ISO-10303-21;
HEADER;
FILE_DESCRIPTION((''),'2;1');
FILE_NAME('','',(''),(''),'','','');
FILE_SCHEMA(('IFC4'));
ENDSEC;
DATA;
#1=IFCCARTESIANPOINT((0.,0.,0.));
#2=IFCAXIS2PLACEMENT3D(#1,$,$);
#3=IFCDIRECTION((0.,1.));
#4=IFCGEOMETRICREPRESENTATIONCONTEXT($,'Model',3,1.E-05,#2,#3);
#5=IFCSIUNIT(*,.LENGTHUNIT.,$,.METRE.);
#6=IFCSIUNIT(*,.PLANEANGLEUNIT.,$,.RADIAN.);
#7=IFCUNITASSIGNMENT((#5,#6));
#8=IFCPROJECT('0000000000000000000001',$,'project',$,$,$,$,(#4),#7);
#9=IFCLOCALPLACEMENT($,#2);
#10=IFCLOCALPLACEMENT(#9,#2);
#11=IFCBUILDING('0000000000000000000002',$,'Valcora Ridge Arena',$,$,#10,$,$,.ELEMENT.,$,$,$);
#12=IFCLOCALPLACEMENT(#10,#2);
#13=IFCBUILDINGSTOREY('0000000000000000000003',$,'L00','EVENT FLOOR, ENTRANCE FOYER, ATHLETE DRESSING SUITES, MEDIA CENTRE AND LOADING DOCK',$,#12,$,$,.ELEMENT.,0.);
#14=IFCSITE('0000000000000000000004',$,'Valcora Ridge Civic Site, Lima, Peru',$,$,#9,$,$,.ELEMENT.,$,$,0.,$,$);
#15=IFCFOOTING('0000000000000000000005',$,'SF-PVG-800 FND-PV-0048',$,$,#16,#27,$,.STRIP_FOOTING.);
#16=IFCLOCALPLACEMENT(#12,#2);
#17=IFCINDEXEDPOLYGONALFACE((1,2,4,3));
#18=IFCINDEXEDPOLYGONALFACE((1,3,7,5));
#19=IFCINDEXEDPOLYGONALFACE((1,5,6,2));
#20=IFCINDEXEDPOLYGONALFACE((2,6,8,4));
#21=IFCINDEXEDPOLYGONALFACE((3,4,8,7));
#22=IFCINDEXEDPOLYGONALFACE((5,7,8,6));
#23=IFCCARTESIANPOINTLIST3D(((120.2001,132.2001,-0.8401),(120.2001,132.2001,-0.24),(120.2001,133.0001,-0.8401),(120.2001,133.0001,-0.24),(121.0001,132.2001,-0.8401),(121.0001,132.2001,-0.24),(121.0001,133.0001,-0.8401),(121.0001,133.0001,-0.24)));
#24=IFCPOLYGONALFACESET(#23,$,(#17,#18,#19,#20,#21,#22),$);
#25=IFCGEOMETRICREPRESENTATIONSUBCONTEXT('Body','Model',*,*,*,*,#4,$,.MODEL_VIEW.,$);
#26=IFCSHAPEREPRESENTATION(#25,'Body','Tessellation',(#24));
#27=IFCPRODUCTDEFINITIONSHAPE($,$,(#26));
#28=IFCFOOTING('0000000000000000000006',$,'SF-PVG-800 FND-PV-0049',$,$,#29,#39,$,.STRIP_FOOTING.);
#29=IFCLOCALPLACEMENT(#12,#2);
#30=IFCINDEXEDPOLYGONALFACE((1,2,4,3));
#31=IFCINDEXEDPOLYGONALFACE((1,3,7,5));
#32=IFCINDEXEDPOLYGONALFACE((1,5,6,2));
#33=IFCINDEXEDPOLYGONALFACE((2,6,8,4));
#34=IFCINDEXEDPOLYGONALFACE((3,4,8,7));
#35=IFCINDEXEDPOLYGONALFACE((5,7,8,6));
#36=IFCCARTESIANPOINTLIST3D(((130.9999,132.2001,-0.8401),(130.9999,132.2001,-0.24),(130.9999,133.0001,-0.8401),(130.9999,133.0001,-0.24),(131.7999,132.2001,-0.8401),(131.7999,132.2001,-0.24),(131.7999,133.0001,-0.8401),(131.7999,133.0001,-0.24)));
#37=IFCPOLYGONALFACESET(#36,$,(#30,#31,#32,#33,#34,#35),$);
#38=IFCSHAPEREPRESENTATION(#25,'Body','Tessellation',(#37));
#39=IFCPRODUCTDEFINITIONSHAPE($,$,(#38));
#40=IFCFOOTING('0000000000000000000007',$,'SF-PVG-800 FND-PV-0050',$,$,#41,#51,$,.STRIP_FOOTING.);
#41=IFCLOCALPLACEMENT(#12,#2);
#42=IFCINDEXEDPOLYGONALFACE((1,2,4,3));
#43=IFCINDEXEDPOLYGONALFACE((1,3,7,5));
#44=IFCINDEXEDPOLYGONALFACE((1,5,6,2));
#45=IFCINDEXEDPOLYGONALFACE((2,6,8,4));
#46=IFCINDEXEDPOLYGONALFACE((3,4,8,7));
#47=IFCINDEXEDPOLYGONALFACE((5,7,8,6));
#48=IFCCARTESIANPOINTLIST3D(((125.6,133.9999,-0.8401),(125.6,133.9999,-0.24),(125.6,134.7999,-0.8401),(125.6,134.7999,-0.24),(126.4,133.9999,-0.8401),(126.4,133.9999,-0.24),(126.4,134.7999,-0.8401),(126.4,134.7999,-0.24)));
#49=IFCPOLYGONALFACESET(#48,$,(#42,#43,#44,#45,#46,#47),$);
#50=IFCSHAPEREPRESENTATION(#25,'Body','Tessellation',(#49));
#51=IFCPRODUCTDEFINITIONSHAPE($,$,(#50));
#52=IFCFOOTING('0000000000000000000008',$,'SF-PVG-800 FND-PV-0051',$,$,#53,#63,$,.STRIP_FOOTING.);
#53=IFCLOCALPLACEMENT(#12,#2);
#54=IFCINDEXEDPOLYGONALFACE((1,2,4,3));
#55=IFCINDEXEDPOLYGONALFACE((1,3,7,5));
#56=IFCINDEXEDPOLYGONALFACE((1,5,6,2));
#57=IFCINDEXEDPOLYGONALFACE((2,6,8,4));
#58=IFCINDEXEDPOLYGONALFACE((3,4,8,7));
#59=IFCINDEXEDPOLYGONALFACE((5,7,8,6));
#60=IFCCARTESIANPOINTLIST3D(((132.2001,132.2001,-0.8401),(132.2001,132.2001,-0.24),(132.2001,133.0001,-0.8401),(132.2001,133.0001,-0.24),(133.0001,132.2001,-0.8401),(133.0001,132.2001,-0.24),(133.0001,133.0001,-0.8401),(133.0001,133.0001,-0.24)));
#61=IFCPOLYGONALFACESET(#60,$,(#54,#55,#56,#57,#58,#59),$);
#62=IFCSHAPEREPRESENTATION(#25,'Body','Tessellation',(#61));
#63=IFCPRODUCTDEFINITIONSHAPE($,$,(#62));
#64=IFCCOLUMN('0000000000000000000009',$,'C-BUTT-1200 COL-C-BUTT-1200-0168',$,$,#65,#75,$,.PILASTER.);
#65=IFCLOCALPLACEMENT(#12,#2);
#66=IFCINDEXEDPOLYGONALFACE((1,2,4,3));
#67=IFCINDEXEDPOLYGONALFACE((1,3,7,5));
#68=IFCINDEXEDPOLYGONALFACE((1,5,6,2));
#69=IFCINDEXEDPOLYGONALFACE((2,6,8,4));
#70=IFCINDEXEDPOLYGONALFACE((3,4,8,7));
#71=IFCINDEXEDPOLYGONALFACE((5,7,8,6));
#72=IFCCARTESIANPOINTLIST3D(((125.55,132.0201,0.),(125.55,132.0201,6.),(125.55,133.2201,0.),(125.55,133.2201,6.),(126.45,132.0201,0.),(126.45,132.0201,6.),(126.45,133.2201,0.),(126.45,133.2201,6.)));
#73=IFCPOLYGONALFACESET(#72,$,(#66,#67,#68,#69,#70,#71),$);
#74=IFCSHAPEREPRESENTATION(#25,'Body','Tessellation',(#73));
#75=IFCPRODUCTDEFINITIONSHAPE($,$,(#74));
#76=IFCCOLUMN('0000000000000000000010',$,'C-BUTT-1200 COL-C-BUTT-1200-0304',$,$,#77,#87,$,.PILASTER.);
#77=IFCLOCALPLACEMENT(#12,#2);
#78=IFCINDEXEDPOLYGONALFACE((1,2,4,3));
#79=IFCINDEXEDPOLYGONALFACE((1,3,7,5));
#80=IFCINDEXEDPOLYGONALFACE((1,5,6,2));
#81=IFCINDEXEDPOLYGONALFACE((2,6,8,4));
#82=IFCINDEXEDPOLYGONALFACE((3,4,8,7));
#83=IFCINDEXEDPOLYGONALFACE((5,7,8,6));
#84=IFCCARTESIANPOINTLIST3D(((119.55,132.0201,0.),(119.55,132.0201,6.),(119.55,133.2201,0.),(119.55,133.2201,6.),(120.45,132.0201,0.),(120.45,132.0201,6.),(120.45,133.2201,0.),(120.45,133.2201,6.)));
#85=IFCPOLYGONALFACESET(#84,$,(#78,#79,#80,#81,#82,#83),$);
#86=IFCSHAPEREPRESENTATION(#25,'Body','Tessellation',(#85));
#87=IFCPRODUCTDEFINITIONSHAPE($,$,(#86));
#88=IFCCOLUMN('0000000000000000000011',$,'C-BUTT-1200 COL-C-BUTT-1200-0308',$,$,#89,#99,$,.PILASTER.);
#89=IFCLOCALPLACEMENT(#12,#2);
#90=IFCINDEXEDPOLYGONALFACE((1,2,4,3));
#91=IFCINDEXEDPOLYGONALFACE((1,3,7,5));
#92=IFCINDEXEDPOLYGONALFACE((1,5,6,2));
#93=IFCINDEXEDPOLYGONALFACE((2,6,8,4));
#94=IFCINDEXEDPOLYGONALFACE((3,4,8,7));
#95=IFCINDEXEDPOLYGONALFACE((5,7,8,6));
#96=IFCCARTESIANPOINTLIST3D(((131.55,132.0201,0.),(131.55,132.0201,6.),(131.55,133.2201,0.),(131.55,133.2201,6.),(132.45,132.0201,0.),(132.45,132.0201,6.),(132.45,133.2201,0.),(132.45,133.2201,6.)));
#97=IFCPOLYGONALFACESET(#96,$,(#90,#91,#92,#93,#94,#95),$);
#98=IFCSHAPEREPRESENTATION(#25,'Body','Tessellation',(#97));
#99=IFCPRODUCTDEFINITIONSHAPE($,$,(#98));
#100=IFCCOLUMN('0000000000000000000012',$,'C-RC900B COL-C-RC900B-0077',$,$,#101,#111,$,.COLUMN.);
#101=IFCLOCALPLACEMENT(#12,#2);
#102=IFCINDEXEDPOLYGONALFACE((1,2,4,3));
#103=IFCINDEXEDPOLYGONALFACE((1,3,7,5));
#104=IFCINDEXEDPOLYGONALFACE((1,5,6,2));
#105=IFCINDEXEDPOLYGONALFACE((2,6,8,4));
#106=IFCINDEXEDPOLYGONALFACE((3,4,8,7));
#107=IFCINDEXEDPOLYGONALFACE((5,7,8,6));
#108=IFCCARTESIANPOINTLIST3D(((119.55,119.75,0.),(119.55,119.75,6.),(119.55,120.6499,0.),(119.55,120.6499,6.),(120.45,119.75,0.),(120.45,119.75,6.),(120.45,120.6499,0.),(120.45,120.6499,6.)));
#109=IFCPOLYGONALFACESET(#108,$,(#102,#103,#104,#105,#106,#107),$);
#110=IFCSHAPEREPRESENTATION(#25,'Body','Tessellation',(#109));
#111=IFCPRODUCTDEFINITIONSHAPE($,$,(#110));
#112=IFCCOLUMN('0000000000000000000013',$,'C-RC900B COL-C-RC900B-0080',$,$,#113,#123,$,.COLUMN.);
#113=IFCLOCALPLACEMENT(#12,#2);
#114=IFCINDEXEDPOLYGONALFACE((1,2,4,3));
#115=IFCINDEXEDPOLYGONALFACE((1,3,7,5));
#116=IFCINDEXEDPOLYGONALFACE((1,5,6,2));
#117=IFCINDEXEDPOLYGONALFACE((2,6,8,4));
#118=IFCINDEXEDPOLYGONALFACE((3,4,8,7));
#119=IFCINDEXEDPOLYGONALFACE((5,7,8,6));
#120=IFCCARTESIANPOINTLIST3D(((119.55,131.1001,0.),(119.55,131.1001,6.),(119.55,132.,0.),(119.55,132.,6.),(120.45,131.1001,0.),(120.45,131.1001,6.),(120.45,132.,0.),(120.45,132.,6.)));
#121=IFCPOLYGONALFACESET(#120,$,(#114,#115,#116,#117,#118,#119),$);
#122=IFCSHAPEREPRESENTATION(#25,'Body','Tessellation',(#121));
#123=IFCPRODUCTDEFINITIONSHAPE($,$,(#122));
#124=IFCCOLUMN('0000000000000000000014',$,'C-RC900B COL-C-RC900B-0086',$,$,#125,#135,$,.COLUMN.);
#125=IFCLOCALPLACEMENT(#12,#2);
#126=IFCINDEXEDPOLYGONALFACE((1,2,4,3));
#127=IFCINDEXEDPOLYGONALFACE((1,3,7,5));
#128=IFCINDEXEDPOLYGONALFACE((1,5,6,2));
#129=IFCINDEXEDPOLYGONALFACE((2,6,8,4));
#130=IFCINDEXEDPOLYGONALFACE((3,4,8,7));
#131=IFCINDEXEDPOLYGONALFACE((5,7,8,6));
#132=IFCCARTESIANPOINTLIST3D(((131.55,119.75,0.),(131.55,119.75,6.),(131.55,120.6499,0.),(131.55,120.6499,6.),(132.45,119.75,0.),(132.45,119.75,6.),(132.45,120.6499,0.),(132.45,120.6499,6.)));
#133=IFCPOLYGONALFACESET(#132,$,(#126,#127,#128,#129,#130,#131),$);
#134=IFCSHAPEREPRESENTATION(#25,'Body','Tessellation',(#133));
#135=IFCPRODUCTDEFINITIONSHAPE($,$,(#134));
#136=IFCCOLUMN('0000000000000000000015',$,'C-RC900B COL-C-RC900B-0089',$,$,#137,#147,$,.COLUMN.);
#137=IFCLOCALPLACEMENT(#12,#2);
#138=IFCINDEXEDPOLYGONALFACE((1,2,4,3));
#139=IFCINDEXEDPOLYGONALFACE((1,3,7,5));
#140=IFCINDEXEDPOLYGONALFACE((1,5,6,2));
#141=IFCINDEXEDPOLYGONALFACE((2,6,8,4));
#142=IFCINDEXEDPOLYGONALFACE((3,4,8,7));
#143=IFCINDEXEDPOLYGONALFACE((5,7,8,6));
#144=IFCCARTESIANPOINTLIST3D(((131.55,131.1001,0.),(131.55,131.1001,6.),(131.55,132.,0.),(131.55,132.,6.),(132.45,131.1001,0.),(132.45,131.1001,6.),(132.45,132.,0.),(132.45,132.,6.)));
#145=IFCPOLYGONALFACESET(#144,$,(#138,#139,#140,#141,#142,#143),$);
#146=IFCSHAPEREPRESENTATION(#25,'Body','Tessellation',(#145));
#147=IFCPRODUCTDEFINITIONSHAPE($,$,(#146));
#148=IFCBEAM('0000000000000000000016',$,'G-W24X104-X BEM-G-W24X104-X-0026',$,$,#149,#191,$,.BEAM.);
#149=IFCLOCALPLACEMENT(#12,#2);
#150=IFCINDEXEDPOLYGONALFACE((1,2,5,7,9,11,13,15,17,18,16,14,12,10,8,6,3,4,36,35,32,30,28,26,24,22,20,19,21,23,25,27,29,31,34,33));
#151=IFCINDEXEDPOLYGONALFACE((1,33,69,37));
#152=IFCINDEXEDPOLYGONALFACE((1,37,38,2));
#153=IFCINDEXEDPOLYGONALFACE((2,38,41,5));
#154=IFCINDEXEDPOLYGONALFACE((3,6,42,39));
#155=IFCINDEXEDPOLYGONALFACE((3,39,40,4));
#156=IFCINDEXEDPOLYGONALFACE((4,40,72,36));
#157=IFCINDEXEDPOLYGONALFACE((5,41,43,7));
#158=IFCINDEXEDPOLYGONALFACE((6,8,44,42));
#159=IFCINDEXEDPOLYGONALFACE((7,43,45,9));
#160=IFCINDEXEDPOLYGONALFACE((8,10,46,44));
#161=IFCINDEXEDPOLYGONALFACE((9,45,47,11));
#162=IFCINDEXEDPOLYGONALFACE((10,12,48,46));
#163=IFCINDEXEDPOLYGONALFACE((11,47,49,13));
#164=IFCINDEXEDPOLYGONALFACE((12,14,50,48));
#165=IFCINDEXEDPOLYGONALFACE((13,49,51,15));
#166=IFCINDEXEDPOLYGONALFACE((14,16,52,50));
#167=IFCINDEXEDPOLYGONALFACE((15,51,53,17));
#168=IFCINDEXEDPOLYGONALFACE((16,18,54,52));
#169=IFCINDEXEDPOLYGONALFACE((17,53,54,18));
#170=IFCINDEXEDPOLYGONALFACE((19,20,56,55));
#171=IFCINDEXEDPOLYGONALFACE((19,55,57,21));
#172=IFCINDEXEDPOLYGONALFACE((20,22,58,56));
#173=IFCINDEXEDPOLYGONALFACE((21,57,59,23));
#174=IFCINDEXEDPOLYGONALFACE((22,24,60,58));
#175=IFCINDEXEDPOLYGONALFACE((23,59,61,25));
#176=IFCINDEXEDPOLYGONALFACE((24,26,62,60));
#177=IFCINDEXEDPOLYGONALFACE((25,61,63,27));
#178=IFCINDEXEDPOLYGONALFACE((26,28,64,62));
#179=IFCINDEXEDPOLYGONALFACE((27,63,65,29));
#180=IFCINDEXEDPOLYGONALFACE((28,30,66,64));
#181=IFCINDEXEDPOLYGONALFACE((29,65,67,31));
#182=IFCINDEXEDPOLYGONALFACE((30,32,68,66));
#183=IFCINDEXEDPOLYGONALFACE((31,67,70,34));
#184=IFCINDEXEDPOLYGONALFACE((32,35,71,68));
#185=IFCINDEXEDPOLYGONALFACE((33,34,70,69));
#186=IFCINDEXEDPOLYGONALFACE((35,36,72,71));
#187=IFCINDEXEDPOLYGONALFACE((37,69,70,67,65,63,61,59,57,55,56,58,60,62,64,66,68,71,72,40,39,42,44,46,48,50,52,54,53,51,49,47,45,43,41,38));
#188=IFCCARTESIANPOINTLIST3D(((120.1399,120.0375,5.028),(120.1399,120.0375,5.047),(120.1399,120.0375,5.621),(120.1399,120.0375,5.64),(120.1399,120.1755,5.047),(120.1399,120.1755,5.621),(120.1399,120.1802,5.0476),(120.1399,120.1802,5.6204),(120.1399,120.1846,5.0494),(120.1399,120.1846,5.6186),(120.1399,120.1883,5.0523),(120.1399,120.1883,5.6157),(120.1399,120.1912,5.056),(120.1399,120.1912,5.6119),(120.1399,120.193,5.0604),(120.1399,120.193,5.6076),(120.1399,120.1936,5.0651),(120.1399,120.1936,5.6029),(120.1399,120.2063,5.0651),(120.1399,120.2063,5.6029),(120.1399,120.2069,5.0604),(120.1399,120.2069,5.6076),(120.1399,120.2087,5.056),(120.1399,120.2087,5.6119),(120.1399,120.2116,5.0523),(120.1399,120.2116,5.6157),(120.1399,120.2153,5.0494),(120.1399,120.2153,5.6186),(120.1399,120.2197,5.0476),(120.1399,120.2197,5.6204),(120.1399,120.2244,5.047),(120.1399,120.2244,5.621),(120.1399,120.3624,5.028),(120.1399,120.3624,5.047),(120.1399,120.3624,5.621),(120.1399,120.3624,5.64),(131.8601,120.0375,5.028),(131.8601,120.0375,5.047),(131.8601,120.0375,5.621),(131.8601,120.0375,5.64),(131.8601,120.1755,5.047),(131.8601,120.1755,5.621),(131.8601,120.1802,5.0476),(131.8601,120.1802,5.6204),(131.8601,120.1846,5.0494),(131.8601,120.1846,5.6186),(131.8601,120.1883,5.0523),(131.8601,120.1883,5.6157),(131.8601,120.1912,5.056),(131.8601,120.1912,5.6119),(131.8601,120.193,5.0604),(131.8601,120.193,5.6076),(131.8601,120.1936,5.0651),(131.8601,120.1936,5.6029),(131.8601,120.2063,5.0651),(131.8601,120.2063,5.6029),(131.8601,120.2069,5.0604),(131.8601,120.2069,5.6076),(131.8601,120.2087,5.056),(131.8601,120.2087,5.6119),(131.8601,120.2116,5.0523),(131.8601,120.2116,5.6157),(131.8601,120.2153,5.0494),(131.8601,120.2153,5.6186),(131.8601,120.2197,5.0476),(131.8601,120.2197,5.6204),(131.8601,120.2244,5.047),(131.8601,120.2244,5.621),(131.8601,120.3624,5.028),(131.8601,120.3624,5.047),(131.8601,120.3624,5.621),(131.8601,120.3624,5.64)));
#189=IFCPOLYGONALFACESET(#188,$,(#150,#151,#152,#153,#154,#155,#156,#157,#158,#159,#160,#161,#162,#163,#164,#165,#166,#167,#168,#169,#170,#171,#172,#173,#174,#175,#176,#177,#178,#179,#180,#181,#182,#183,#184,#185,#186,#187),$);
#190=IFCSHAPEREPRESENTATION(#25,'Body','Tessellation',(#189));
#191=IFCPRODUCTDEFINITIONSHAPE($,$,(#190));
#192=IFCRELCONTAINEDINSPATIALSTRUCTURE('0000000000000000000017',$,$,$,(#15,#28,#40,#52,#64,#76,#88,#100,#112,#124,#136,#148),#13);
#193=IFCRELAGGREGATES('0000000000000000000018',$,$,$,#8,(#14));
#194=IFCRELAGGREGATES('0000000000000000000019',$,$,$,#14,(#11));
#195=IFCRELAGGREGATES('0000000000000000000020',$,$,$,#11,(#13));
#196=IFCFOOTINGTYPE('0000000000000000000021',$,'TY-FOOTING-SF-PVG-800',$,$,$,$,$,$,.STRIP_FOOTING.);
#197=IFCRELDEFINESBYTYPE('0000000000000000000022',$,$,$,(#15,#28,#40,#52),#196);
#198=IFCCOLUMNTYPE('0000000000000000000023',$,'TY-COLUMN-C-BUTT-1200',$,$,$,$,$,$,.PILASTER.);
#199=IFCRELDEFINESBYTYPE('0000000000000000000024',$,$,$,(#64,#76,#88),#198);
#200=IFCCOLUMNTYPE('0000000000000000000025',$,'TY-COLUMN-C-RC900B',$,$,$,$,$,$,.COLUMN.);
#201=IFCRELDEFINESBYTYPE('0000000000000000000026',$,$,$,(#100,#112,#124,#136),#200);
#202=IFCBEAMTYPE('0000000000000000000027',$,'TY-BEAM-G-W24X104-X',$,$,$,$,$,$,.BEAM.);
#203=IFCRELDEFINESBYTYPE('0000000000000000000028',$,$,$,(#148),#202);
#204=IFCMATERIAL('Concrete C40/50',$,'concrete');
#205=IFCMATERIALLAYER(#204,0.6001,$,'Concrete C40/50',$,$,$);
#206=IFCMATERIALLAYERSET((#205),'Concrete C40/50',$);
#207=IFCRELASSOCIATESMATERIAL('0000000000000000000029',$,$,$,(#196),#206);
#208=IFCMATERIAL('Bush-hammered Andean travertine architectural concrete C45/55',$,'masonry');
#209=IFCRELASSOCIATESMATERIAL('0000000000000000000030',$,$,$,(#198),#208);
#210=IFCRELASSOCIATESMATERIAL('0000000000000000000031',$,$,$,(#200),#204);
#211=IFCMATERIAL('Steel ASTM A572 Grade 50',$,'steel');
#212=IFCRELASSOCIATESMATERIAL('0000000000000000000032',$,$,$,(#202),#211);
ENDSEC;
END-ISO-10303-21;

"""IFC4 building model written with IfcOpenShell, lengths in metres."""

from ifc_helpers import new_model, si_unit, direction, frame, origin, origin_2d, place, context, subcontext, project, spatial, rectangle, i_section, extrude, material, layer, layer_set, material_profile, profile_set, type_object, element, save


model = new_model("IFC4")

# Units and contexts
model_context = context("Model", 3, precision=1e-05, world=origin(), true_north=direction((0.0, 1.0)))
body_context = subcontext(model_context, "Body", "Model", "MODEL_VIEW")
ifc_project = project(units=[si_unit("LENGTHUNIT", "METRE"), si_unit("PLANEANGLEUNIT", "RADIAN")], contexts=[model_context])

# Site, building, storey
site_placement = place(None, origin())
site = spatial("IfcSite", under=ifc_project, at=site_placement, Name="Valcora Ridge Civic Site, Lima, Peru", CompositionType="ELEMENT", RefElevation=0.0)
building_placement = place(site_placement, origin())
building = spatial("IfcBuilding", under=site, at=building_placement, Name="Valcora Ridge Arena", CompositionType="ELEMENT")
storey_placement = place(building_placement, origin())
storey = spatial("IfcBuildingStorey", under=building, at=storey_placement, Name="L00", Description="EVENT FLOOR, ENTRANCE FOYER, ATHLETE DRESSING SUITES, MEDIA CENTRE AND LOADING DOCK", CompositionType="ELEMENT", Elevation=0.0)

# Footings
ifc_material_1 = material(Name="Concrete C40/50", Category="concrete")
ifc_layer_1 = layer(ifc_material_1, 0.6001, Name="Concrete C40/50")
ifc_layer_set_1 = layer_set([ifc_layer_1], Name="Concrete C40/50")
footing_type = type_object("IfcFootingType", Name="TY-FOOTING-SF-PVG-800", PredefinedType="STRIP_FOOTING", material=ifc_layer_set_1)
for number, where, z_axis, x_axis, name in (
    (1, (120.6001, 132.6001, -0.8401), (0.0, 0.0, 1.0), (1.0, 0.0, 0.0), "SF-PVG-800 FND-PV-0048"),
    (2, (131.3999, 132.6001, -0.8401), (0.0, 0.0, 1.0), (1.0, 0.0, 0.0), "SF-PVG-800 FND-PV-0049"),
    (3, (126.0, 134.3999, -0.8401), (0.0, 0.0, 1.0), (1.0, 0.0, 0.0), "SF-PVG-800 FND-PV-0050"),
    (4, (132.6001, 132.6001, -0.8401), (0.0, 0.0, 1.0), (1.0, 0.0, 0.0), "SF-PVG-800 FND-PV-0051"),
):
    element("IfcFooting", number, at=place(storey_placement, frame(where, z_axis=z_axis, x_axis=x_axis)), inside=storey, type_object=footing_type, Name=name, PredefinedType="STRIP_FOOTING", context=body_context, shape_type="SweptSolid", body=[
        extrude(rectangle(XDim=0.8, YDim=0.8, at=origin_2d()), origin(), (0.0, 0.0, 1.0), 0.6001),
    ])

# Columns
ifc_material_2 = material(Name="Bush-hammered Andean travertine architectural concrete C45/55", Category="masonry")
ifc_material_profile_1 = material_profile(ifc_material_2, rectangle(XDim=0.8999, YDim=1.2, at=origin_2d()), Name="RC 900x1200")
ifc_profile_set_1 = profile_set([ifc_material_profile_1], Name="Bush-hammered Andean travertine architectural concrete C45/55")
column_type_1 = type_object("IfcColumnType", Name="TY-COLUMN-C-BUTT-1200", PredefinedType="PILASTER", material=ifc_profile_set_1)
for number, where, z_axis, x_axis, name in (
    (5, (126.0, 132.6201, 0.0), (0.0, 0.0, 1.0), (1.0, 0.0, 0.0), "C-BUTT-1200 COL-C-BUTT-1200-0168"),
    (6, (120.0, 132.6201, 0.0), (0.0, 0.0, 1.0), (1.0, 0.0, 0.0), "C-BUTT-1200 COL-C-BUTT-1200-0304"),
    (7, (132.0, 132.6201, 0.0), (0.0, 0.0, 1.0), (1.0, 0.0, 0.0), "C-BUTT-1200 COL-C-BUTT-1200-0308"),
):
    element("IfcColumn", number, at=place(storey_placement, frame(where, z_axis=z_axis, x_axis=x_axis)), inside=storey, type_object=column_type_1, Name=name, PredefinedType="PILASTER", context=body_context, shape_type="SweptSolid", body=[
        extrude(rectangle(XDim=0.8999, YDim=1.2, at=origin_2d()), origin(), (0.0, 0.0, 1.0), 6.0),
    ])
ifc_material_profile_2 = material_profile(ifc_material_1, rectangle(XDim=0.8999, YDim=0.8999, at=origin_2d()), Name="RC 900x900")
ifc_profile_set_2 = profile_set([ifc_material_profile_2], Name="Concrete C40/50")
column_type_2 = type_object("IfcColumnType", Name="TY-COLUMN-C-RC900B", PredefinedType="COLUMN", material=ifc_profile_set_2)
for number, where, z_axis, x_axis, name in (
    (8, (120.0, 120.2, 0.0), (0.0, 0.0, 1.0), (1.0, 0.0, 0.0), "C-RC900B COL-C-RC900B-0077"),
    (9, (120.0, 131.55, 0.0), (0.0, 0.0, 1.0), (1.0, 0.0, 0.0), "C-RC900B COL-C-RC900B-0080"),
    (10, (132.0, 120.2, 0.0), (0.0, 0.0, 1.0), (1.0, 0.0, 0.0), "C-RC900B COL-C-RC900B-0086"),
    (11, (132.0, 131.55, 0.0), (0.0, 0.0, 1.0), (1.0, 0.0, 0.0), "C-RC900B COL-C-RC900B-0089"),
):
    element("IfcColumn", number, at=place(storey_placement, frame(where, z_axis=z_axis, x_axis=x_axis)), inside=storey, type_object=column_type_2, Name=name, PredefinedType="COLUMN", context=body_context, shape_type="SweptSolid", body=[
        extrude(rectangle(XDim=0.8999, YDim=0.8999, at=origin_2d()), origin(), (0.0, 0.0, 1.0), 6.0),
    ])

# Beam
ifc_material_3 = material(Name="Steel ASTM A572 Grade 50", Category="steel")
ifc_material_profile_3 = material_profile(ifc_material_3, i_section(OverallWidth=0.325, OverallDepth=0.6121, WebThickness=0.0127, FlangeThickness=0.019, FilletRadius=0.0181, at=origin_2d()), Name="W24X104")
ifc_profile_set_3 = profile_set([ifc_material_profile_3], Name="Steel ASTM A572 Grade 50")
beam_type_1 = type_object("IfcBeamType", Name="TY-BEAM-G-W24X104-X", PredefinedType="BEAM", material=ifc_profile_set_3)
for number, where, z_axis, x_axis, name in (
    (12, (120.1399, 120.2, 5.334), (1.0, 0.0, 0.0), (0.0, 1.0, 0.0), "G-W24X104-X BEM-G-W24X104-X-0026"),
):
    element("IfcBeam", number, at=place(storey_placement, frame(where, z_axis=z_axis, x_axis=x_axis)), inside=storey, type_object=beam_type_1, Name=name, PredefinedType="BEAM", context=body_context, shape_type="SweptSolid", body=[
        extrude(i_section(OverallWidth=0.325, OverallDepth=0.6121, WebThickness=0.0127, FlangeThickness=0.019, FilletRadius=0.0181, at=origin_2d()), origin(), (0.0, 0.0, 1.0), 11.7202),
    ])

save(model, "model.ifc")
